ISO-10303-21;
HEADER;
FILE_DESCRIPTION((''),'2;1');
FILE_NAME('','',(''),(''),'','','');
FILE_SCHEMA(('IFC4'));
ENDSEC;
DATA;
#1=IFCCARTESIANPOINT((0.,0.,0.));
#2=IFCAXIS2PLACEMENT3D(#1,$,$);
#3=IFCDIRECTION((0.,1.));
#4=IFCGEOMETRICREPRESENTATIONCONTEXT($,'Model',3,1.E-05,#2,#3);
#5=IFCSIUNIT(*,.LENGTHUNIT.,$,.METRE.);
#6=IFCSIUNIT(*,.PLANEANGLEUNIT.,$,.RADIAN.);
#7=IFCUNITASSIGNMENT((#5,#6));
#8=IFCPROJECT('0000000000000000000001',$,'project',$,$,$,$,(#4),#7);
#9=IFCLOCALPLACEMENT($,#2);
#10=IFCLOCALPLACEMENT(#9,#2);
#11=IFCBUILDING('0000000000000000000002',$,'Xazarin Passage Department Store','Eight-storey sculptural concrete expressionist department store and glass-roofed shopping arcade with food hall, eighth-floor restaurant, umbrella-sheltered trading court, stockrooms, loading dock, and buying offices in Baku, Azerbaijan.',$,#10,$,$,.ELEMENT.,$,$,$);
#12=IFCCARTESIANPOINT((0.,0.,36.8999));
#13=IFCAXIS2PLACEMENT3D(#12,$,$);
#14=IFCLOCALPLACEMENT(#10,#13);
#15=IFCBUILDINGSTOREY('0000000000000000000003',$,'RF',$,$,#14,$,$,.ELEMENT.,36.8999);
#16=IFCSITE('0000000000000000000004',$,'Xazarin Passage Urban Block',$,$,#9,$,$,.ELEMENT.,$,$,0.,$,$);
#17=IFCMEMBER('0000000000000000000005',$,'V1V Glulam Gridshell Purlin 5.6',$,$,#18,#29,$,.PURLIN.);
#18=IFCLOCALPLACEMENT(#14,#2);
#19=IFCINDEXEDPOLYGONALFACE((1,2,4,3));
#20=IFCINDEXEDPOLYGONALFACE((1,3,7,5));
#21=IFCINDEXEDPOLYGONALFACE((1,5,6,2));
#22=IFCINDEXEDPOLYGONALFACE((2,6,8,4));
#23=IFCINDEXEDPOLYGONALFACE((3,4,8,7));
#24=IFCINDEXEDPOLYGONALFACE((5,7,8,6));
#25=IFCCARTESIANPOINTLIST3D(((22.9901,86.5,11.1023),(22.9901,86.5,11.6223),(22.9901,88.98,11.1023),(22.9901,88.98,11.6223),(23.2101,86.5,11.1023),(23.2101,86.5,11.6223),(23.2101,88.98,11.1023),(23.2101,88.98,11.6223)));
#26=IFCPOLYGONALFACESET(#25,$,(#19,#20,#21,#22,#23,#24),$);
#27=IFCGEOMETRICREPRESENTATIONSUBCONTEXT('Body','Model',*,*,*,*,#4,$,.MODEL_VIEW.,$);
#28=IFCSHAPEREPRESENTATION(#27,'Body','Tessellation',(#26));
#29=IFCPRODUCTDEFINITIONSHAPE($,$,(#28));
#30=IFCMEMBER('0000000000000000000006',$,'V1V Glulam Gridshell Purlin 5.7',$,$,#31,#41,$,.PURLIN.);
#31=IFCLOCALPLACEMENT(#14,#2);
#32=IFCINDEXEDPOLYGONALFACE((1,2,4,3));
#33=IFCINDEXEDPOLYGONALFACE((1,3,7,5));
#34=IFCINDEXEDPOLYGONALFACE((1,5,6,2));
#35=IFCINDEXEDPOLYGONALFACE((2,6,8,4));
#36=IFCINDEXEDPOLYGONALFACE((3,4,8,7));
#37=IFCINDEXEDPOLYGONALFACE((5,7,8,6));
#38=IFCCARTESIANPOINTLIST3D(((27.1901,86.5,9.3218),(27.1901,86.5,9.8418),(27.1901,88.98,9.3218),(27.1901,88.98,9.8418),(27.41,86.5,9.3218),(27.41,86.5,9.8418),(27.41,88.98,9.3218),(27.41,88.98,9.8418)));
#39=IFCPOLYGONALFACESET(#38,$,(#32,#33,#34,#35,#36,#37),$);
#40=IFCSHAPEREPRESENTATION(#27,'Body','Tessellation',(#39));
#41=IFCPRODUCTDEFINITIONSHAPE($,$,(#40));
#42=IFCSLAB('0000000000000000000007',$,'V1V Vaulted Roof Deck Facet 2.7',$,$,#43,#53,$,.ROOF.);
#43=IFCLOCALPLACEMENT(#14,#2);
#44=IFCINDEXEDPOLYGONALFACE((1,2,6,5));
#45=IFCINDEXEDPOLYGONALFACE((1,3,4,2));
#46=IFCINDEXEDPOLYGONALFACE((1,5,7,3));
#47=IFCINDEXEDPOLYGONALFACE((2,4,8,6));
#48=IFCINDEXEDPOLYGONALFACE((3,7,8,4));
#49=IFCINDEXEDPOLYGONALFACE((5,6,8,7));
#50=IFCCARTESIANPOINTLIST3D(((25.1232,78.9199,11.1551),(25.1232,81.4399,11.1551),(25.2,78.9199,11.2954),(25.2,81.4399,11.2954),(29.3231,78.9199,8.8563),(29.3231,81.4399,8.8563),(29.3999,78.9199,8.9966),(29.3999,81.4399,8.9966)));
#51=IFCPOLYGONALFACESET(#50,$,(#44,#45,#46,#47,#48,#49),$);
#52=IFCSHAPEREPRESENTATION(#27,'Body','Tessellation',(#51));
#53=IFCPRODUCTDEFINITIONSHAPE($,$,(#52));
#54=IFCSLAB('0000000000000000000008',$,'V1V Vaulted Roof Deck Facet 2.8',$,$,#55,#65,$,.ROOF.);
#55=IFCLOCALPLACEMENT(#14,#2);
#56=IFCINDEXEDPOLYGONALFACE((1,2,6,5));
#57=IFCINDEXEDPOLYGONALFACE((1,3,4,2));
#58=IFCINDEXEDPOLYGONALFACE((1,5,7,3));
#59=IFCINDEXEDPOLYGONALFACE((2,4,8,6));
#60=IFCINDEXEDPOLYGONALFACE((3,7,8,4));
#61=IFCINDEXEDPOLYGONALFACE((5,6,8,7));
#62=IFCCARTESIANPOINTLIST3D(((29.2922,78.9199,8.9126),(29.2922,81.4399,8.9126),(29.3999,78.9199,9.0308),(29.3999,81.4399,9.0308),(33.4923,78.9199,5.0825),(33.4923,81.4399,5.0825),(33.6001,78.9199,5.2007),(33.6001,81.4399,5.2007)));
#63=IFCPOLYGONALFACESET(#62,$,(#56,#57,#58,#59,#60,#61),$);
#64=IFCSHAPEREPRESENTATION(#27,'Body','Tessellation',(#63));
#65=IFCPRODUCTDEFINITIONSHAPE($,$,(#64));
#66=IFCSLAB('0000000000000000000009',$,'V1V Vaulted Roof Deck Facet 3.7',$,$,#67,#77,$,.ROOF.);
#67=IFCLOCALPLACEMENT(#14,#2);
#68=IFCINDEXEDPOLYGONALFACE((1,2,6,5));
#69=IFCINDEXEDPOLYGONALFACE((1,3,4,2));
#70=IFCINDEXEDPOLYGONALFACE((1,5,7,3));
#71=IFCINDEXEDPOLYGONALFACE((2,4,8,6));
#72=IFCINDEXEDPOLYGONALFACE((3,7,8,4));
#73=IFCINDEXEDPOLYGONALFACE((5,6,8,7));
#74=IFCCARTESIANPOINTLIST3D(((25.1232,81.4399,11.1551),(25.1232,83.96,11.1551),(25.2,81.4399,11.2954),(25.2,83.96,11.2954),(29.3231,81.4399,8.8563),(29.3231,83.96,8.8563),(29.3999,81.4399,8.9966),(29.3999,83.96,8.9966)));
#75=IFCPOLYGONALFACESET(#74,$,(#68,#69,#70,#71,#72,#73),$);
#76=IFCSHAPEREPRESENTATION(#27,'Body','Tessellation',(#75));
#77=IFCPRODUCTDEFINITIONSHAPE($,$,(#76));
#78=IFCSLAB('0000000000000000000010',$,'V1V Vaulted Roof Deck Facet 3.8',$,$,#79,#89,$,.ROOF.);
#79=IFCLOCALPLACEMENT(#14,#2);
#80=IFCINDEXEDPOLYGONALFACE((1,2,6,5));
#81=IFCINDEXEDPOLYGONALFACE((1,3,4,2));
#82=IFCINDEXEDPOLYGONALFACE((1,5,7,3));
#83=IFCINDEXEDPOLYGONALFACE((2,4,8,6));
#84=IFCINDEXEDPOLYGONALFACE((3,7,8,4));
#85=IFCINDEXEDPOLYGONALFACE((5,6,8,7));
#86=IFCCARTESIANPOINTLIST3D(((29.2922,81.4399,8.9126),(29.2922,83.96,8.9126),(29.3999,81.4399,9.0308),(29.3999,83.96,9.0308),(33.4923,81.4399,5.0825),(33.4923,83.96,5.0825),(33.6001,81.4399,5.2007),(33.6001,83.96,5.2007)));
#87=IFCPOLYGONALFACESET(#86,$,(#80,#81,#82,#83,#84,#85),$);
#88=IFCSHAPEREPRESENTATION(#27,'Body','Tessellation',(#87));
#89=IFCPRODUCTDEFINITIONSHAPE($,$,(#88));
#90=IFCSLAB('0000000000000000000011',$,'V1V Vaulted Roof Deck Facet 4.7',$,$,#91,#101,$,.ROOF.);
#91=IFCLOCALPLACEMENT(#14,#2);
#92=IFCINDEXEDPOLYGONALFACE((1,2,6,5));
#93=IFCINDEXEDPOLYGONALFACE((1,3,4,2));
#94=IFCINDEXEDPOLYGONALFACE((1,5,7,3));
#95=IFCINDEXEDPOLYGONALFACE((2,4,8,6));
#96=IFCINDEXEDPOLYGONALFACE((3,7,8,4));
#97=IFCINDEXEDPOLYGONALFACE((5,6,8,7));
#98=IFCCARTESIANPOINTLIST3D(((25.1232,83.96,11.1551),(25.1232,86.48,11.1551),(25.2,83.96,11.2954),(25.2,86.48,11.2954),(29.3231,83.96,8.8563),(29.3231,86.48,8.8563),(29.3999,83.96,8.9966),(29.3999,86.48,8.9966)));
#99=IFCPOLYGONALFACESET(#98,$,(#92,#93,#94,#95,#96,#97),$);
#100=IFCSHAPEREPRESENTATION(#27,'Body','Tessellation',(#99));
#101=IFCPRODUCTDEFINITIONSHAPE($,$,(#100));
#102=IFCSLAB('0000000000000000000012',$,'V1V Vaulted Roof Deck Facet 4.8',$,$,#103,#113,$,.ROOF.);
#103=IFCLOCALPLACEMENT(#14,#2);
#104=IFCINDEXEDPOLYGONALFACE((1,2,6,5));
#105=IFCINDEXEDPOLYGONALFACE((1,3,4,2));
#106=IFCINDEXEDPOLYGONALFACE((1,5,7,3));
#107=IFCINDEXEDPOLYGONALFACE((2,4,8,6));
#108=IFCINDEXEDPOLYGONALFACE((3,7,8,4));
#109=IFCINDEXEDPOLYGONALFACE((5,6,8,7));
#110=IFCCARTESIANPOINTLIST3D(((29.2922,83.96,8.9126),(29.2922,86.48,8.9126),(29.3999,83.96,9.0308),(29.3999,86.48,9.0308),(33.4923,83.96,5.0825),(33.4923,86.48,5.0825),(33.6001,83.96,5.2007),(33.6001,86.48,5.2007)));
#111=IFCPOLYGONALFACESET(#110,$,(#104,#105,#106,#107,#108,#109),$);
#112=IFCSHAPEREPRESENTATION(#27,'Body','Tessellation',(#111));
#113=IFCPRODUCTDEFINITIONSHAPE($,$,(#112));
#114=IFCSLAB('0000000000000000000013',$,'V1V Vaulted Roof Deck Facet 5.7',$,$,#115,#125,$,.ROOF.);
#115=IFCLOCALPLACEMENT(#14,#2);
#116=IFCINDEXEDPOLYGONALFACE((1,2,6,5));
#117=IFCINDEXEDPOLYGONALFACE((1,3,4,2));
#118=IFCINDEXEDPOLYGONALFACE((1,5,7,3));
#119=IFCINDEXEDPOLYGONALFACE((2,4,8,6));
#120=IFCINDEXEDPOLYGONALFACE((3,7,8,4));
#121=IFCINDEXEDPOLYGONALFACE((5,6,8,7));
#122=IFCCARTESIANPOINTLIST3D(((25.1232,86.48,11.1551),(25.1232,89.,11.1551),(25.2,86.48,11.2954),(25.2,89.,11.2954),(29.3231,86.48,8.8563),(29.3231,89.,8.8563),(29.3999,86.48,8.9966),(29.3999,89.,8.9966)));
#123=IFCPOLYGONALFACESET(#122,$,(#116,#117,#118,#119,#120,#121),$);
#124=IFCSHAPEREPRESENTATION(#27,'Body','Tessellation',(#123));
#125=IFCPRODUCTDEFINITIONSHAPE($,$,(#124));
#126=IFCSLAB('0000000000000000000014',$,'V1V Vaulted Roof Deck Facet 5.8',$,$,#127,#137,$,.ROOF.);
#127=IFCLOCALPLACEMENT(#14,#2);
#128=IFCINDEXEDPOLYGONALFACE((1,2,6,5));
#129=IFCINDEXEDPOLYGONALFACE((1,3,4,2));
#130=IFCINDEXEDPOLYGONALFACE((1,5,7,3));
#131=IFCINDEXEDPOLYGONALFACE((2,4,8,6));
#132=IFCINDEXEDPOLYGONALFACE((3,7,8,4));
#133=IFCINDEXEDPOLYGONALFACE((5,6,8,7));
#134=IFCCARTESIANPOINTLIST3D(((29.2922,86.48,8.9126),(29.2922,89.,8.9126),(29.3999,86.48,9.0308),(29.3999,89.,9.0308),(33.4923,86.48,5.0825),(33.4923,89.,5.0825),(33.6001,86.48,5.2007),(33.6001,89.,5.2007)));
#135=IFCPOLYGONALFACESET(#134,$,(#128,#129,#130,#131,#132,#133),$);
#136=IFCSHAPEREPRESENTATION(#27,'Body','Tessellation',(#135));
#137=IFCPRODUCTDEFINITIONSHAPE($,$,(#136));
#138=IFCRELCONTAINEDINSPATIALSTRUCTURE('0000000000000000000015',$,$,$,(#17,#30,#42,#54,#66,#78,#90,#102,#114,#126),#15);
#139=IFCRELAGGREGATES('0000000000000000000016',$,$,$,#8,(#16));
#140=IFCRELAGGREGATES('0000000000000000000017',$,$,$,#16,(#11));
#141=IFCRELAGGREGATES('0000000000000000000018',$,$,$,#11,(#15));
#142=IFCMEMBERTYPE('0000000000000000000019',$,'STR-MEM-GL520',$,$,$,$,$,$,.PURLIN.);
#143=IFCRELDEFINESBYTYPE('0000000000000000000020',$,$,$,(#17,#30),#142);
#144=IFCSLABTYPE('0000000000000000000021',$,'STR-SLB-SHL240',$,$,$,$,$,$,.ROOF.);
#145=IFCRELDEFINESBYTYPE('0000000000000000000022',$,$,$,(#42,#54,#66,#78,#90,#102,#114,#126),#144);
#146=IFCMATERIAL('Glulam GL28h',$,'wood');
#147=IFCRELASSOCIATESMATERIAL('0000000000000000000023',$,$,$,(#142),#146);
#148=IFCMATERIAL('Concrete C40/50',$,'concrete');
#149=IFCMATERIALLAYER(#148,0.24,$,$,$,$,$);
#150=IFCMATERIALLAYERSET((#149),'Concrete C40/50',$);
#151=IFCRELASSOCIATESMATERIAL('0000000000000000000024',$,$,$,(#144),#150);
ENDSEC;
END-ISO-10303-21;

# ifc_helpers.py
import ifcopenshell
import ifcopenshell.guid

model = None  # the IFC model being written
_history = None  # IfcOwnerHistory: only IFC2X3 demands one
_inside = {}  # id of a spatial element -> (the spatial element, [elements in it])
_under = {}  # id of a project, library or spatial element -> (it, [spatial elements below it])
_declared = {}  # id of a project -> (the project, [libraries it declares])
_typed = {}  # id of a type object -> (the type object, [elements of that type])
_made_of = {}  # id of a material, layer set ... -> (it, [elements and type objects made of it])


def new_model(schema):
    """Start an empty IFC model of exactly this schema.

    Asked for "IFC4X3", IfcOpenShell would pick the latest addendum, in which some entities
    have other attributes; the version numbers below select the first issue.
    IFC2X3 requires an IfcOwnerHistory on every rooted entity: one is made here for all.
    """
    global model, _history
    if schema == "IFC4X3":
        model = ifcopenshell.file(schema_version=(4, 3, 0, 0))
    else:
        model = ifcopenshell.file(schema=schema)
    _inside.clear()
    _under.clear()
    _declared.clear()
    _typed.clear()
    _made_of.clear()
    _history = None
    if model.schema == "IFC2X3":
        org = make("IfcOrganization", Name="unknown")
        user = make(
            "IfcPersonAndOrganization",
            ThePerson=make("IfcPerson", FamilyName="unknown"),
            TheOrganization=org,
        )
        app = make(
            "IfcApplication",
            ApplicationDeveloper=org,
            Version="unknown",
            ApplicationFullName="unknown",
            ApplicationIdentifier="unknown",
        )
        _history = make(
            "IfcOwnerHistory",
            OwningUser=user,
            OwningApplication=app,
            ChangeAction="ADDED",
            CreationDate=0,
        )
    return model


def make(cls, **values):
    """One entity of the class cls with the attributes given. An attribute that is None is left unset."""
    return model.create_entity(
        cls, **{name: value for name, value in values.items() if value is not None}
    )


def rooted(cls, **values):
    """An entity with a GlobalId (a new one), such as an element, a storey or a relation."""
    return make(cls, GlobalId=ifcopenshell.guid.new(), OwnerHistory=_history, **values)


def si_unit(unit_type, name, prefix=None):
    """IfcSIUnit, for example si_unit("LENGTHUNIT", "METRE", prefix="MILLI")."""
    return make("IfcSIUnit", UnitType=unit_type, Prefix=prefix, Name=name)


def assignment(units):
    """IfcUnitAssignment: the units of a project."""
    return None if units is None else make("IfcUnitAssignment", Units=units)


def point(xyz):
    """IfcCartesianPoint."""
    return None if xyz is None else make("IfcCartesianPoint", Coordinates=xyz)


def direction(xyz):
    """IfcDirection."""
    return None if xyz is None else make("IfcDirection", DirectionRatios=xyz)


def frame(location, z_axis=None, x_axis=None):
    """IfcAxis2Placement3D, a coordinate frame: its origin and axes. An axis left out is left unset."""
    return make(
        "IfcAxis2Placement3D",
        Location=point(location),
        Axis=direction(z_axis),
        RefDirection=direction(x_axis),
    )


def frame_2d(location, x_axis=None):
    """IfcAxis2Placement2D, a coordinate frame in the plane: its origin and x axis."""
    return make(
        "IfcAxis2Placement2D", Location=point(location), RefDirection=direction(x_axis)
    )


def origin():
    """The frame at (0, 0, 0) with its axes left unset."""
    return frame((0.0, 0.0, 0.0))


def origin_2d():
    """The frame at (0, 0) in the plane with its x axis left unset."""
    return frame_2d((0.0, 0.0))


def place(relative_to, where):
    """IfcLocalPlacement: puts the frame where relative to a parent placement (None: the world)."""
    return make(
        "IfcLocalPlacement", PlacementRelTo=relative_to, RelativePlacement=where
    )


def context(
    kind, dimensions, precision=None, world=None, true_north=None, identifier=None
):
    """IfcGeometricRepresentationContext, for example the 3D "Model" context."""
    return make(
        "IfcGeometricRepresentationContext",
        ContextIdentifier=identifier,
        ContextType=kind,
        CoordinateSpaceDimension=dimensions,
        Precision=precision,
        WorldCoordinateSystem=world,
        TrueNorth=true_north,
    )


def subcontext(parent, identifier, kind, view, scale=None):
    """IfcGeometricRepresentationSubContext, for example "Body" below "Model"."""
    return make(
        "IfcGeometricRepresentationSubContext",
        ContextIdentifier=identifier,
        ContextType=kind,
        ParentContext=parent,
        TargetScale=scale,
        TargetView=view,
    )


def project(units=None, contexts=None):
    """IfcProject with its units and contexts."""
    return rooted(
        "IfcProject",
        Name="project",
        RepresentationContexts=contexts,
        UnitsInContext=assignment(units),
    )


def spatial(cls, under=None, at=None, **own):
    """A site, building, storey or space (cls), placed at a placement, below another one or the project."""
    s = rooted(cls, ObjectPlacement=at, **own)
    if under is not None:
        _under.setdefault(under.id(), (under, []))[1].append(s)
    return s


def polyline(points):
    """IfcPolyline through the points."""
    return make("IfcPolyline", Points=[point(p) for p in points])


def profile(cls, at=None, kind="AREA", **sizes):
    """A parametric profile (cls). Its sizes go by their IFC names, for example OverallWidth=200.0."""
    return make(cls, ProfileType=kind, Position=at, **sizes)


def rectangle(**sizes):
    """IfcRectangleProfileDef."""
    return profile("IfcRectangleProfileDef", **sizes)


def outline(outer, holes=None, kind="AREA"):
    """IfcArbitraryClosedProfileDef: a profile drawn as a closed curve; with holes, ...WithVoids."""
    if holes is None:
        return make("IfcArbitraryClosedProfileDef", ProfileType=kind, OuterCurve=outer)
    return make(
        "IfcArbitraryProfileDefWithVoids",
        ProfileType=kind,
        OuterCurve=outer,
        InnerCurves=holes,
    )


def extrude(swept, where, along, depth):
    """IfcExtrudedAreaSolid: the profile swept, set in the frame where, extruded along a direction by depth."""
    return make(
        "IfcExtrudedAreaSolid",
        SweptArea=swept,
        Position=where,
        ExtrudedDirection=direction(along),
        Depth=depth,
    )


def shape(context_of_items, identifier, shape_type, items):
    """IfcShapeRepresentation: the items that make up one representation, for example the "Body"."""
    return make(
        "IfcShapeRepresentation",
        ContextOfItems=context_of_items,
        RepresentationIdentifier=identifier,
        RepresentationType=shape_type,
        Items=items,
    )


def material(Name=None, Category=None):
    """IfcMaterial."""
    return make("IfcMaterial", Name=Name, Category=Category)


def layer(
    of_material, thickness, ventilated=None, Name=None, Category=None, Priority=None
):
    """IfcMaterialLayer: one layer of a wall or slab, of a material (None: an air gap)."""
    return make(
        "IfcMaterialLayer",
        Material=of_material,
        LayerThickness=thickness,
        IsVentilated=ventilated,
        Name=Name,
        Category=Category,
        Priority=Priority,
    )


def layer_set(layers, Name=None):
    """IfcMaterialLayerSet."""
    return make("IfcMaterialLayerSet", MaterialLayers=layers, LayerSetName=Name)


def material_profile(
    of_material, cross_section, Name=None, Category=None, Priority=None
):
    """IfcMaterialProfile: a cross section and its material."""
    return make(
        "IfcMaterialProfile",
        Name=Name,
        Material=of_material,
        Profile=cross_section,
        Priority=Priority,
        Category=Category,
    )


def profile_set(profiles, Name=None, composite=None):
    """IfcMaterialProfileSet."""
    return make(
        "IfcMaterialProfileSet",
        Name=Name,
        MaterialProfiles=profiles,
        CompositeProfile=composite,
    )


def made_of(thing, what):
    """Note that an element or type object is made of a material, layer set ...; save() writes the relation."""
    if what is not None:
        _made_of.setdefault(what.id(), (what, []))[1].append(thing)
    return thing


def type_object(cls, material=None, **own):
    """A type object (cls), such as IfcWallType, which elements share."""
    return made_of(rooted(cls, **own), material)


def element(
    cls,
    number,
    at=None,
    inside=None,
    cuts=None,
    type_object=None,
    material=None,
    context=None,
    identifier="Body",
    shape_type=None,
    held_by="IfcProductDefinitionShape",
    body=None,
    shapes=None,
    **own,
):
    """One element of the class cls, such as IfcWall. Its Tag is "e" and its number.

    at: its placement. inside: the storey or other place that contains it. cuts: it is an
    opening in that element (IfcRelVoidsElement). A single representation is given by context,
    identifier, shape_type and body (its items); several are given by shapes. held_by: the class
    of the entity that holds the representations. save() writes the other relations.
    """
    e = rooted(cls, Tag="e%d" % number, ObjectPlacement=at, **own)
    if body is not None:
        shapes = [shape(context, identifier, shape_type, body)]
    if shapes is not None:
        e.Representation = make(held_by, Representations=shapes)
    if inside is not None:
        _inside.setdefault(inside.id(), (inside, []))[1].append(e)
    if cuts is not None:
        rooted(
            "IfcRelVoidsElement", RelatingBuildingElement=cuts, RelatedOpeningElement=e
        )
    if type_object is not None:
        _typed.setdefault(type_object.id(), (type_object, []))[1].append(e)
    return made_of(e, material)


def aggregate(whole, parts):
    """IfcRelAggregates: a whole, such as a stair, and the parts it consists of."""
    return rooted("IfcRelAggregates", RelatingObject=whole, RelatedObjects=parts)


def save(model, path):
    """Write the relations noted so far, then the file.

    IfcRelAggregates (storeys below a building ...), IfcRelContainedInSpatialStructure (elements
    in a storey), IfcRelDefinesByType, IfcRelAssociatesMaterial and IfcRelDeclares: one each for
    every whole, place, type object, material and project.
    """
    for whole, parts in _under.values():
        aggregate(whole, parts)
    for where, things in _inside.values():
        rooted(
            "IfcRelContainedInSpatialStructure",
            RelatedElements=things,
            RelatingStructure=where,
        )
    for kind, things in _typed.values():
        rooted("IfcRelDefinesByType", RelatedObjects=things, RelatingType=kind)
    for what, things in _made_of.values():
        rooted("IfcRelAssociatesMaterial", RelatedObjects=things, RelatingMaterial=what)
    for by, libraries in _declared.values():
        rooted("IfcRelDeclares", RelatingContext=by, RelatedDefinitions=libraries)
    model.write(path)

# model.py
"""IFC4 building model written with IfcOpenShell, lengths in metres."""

from ifc_helpers import new_model, si_unit, direction, frame, origin, origin_2d, place, context, subcontext, project, spatial, polyline, rectangle, outline, extrude, material, layer, layer_set, material_profile, profile_set, type_object, element, save


model = new_model("IFC4")

# Units and contexts
model_context = context("Model", 3, precision=1e-05, world=origin(), true_north=direction((0.0, 1.0)))
body_context = subcontext(model_context, "Body", "Model", "MODEL_VIEW")
ifc_project = project(units=[si_unit("LENGTHUNIT", "METRE"), si_unit("PLANEANGLEUNIT", "RADIAN")], contexts=[model_context])

# Site, building, storey
site_placement = place(None, origin())
site = spatial("IfcSite", under=ifc_project, at=site_placement, Name="Xazarin Passage Urban Block", CompositionType="ELEMENT", RefElevation=0.0)
building_placement = place(site_placement, origin())
building = spatial("IfcBuilding", under=site, at=building_placement, Name="Xazarin Passage Department Store", Description="Eight-storey sculptural concrete expressionist department store and glass-roofed shopping arcade with food hall, eighth-floor restaurant, umbrella-sheltered trading court, stockrooms, loading dock, and buying offices in Baku, Azerbaijan.", CompositionType="ELEMENT")
storey_placement = place(building_placement, frame((0.0, 0.0, 36.8999)))
storey = spatial("IfcBuildingStorey", under=building, at=storey_placement, Name="RF", CompositionType="ELEMENT", Elevation=36.8999)

# Members
ifc_material_1 = material(Name="Glulam GL28h", Category="wood")
ifc_material_profile_1 = material_profile(ifc_material_1, rectangle(XDim=0.22, YDim=0.52, at=origin_2d()), Name="GL28h 220x520")
ifc_profile_set_1 = profile_set([ifc_material_profile_1], Name="Glulam GL28h")
member_type = type_object("IfcMemberType", Name="STR-MEM-GL520", PredefinedType="PURLIN", material=ifc_profile_set_1)
for number, where, z_axis, x_axis, name in (
    (1, (23.1001, 86.5, 11.3623), (0.0, 1.0, 0.0), (-1.0, 0.0, 0.0), "V1V Glulam Gridshell Purlin 5.6"),
    (2, (27.3, 86.5, 9.5818), (0.0, 1.0, 0.0), (-1.0, 0.0, 0.0), "V1V Glulam Gridshell Purlin 5.7"),
):
    element("IfcMember", number, at=place(storey_placement, frame(where, z_axis=z_axis, x_axis=x_axis)), inside=storey, type_object=member_type, Name=name, PredefinedType="PURLIN", context=body_context, shape_type="SweptSolid", body=[
        extrude(rectangle(XDim=0.22, YDim=0.52, at=origin_2d()), origin(), (0.0, 0.0, 1.0), 2.48),
    ])

# Slabs
ifc_material_2 = material(Name="Concrete C40/50", Category="concrete")
ifc_layer = layer(ifc_material_2, 0.24)
ifc_layer_set = layer_set([ifc_layer], Name="Concrete C40/50")
slab_type = type_object("IfcSlabType", Name="STR-SLB-SHL240", PredefinedType="ROOF", material=ifc_layer_set)
slab_1_placement = place(storey_placement, frame((25.2, 78.9199, 11.2954), z_axis=(0.480131, 0.0, 0.877197), x_axis=(0.877197, 0.0, -0.480131)))
element("IfcSlab", 3, at=slab_1_placement, inside=storey, type_object=slab_type, Name="V1V Vaulted Roof Deck Facet 2.7", PredefinedType="ROOF", context=body_context, shape_type="SweptSolid", body=[
    extrude(outline(polyline([(0.0, 0.0), (4.7879, 0.0), (4.7879, 2.52), (0.0, 2.52), (0.0, 0.0)])), origin(), (0.0, 0.0, -1.0), 0.1599),
])
slab_2_placement = place(storey_placement, frame((29.3999, 78.9199, 9.0308), z_axis=(0.673801, 0.0, 0.738913), x_axis=(0.738913, 0.0, -0.673801)))
element("IfcSlab", 4, at=slab_2_placement, inside=storey, type_object=slab_type, Name="V1V Vaulted Roof Deck Facet 2.8", PredefinedType="ROOF", context=body_context, shape_type="SweptSolid", body=[
    extrude(outline(polyline([(0.0, 0.0), (5.6843, 0.0), (5.6843, 2.52), (0.0, 2.52), (0.0, 0.0)])), origin(), (0.0, 0.0, -1.0), 0.1599),
])
slab_3_placement = place(storey_placement, frame((25.2, 81.4399, 11.2954), z_axis=(0.480131, 0.0, 0.877197), x_axis=(0.877197, 0.0, -0.480131)))
element("IfcSlab", 5, at=slab_3_placement, inside=storey, type_object=slab_type, Name="V1V Vaulted Roof Deck Facet 3.7", PredefinedType="ROOF", context=body_context, shape_type="SweptSolid", body=[
    extrude(outline(polyline([(0.0, 0.0), (4.7879, 0.0), (4.7879, 2.52), (0.0, 2.52), (0.0, 0.0)])), origin(), (0.0, 0.0, -1.0), 0.1599),
])
slab_4_placement = place(storey_placement, frame((29.3999, 81.4399, 9.0308), z_axis=(0.673801, 0.0, 0.738913), x_axis=(0.738913, 0.0, -0.673801)))
element("IfcSlab", 6, at=slab_4_placement, inside=storey, type_object=slab_type, Name="V1V Vaulted Roof Deck Facet 3.8", PredefinedType="ROOF", context=body_context, shape_type="SweptSolid", body=[
    extrude(outline(polyline([(0.0, 0.0), (5.6843, 0.0), (5.6843, 2.52), (0.0, 2.52), (0.0, 0.0)])), origin(), (0.0, 0.0, -1.0), 0.1599),
])
slab_5_placement = place(storey_placement, frame((25.2, 83.96, 11.2954), z_axis=(0.480131, 0.0, 0.877197), x_axis=(0.877197, 0.0, -0.480131)))
element("IfcSlab", 7, at=slab_5_placement, inside=storey, type_object=slab_type, Name="V1V Vaulted Roof Deck Facet 4.7", PredefinedType="ROOF", context=body_context, shape_type="SweptSolid", body=[
    extrude(outline(polyline([(0.0, 0.0), (4.7879, 0.0), (4.7879, 2.52), (0.0, 2.52), (0.0, 0.0)])), origin(), (0.0, 0.0, -1.0), 0.1599),
])
slab_6_placement = place(storey_placement, frame((29.3999, 83.96, 9.0308), z_axis=(0.673801, 0.0, 0.738913), x_axis=(0.738913, 0.0, -0.673801)))
element("IfcSlab", 8, at=slab_6_placement, inside=storey, type_object=slab_type, Name="V1V Vaulted Roof Deck Facet 4.8", PredefinedType="ROOF", context=body_context, shape_type="SweptSolid", body=[
    extrude(outline(polyline([(0.0, 0.0), (5.6843, 0.0), (5.6843, 2.52), (0.0, 2.52), (0.0, 0.0)])), origin(), (0.0, 0.0, -1.0), 0.1599),
])
slab_7_placement = place(storey_placement, frame((25.2, 86.48, 11.2954), z_axis=(0.480131, 0.0, 0.877197), x_axis=(0.877197, 0.0, -0.480131)))
element("IfcSlab", 9, at=slab_7_placement, inside=storey, type_object=slab_type, Name="V1V Vaulted Roof Deck Facet 5.7", PredefinedType="ROOF", context=body_context, shape_type="SweptSolid", body=[
    extrude(outline(polyline([(0.0, 0.0), (4.7879, 0.0), (4.7879, 2.52), (0.0, 2.52), (0.0, 0.0)])), origin(), (0.0, 0.0, -1.0), 0.1599),
])
slab_8_placement = place(storey_placement, frame((29.3999, 86.48, 9.0308), z_axis=(0.673801, 0.0, 0.738913), x_axis=(0.738913, 0.0, -0.673801)))
element("IfcSlab", 10, at=slab_8_placement, inside=storey, type_object=slab_type, Name="V1V Vaulted Roof Deck Facet 5.8", PredefinedType="ROOF", context=body_context, shape_type="SweptSolid", body=[
    extrude(outline(polyline([(0.0, 0.0), (5.6843, 0.0), (5.6843, 2.52), (0.0, 2.52), (0.0, 0.0)])), origin(), (0.0, 0.0, -1.0), 0.1599),
])

save(model, "model.ifc")
